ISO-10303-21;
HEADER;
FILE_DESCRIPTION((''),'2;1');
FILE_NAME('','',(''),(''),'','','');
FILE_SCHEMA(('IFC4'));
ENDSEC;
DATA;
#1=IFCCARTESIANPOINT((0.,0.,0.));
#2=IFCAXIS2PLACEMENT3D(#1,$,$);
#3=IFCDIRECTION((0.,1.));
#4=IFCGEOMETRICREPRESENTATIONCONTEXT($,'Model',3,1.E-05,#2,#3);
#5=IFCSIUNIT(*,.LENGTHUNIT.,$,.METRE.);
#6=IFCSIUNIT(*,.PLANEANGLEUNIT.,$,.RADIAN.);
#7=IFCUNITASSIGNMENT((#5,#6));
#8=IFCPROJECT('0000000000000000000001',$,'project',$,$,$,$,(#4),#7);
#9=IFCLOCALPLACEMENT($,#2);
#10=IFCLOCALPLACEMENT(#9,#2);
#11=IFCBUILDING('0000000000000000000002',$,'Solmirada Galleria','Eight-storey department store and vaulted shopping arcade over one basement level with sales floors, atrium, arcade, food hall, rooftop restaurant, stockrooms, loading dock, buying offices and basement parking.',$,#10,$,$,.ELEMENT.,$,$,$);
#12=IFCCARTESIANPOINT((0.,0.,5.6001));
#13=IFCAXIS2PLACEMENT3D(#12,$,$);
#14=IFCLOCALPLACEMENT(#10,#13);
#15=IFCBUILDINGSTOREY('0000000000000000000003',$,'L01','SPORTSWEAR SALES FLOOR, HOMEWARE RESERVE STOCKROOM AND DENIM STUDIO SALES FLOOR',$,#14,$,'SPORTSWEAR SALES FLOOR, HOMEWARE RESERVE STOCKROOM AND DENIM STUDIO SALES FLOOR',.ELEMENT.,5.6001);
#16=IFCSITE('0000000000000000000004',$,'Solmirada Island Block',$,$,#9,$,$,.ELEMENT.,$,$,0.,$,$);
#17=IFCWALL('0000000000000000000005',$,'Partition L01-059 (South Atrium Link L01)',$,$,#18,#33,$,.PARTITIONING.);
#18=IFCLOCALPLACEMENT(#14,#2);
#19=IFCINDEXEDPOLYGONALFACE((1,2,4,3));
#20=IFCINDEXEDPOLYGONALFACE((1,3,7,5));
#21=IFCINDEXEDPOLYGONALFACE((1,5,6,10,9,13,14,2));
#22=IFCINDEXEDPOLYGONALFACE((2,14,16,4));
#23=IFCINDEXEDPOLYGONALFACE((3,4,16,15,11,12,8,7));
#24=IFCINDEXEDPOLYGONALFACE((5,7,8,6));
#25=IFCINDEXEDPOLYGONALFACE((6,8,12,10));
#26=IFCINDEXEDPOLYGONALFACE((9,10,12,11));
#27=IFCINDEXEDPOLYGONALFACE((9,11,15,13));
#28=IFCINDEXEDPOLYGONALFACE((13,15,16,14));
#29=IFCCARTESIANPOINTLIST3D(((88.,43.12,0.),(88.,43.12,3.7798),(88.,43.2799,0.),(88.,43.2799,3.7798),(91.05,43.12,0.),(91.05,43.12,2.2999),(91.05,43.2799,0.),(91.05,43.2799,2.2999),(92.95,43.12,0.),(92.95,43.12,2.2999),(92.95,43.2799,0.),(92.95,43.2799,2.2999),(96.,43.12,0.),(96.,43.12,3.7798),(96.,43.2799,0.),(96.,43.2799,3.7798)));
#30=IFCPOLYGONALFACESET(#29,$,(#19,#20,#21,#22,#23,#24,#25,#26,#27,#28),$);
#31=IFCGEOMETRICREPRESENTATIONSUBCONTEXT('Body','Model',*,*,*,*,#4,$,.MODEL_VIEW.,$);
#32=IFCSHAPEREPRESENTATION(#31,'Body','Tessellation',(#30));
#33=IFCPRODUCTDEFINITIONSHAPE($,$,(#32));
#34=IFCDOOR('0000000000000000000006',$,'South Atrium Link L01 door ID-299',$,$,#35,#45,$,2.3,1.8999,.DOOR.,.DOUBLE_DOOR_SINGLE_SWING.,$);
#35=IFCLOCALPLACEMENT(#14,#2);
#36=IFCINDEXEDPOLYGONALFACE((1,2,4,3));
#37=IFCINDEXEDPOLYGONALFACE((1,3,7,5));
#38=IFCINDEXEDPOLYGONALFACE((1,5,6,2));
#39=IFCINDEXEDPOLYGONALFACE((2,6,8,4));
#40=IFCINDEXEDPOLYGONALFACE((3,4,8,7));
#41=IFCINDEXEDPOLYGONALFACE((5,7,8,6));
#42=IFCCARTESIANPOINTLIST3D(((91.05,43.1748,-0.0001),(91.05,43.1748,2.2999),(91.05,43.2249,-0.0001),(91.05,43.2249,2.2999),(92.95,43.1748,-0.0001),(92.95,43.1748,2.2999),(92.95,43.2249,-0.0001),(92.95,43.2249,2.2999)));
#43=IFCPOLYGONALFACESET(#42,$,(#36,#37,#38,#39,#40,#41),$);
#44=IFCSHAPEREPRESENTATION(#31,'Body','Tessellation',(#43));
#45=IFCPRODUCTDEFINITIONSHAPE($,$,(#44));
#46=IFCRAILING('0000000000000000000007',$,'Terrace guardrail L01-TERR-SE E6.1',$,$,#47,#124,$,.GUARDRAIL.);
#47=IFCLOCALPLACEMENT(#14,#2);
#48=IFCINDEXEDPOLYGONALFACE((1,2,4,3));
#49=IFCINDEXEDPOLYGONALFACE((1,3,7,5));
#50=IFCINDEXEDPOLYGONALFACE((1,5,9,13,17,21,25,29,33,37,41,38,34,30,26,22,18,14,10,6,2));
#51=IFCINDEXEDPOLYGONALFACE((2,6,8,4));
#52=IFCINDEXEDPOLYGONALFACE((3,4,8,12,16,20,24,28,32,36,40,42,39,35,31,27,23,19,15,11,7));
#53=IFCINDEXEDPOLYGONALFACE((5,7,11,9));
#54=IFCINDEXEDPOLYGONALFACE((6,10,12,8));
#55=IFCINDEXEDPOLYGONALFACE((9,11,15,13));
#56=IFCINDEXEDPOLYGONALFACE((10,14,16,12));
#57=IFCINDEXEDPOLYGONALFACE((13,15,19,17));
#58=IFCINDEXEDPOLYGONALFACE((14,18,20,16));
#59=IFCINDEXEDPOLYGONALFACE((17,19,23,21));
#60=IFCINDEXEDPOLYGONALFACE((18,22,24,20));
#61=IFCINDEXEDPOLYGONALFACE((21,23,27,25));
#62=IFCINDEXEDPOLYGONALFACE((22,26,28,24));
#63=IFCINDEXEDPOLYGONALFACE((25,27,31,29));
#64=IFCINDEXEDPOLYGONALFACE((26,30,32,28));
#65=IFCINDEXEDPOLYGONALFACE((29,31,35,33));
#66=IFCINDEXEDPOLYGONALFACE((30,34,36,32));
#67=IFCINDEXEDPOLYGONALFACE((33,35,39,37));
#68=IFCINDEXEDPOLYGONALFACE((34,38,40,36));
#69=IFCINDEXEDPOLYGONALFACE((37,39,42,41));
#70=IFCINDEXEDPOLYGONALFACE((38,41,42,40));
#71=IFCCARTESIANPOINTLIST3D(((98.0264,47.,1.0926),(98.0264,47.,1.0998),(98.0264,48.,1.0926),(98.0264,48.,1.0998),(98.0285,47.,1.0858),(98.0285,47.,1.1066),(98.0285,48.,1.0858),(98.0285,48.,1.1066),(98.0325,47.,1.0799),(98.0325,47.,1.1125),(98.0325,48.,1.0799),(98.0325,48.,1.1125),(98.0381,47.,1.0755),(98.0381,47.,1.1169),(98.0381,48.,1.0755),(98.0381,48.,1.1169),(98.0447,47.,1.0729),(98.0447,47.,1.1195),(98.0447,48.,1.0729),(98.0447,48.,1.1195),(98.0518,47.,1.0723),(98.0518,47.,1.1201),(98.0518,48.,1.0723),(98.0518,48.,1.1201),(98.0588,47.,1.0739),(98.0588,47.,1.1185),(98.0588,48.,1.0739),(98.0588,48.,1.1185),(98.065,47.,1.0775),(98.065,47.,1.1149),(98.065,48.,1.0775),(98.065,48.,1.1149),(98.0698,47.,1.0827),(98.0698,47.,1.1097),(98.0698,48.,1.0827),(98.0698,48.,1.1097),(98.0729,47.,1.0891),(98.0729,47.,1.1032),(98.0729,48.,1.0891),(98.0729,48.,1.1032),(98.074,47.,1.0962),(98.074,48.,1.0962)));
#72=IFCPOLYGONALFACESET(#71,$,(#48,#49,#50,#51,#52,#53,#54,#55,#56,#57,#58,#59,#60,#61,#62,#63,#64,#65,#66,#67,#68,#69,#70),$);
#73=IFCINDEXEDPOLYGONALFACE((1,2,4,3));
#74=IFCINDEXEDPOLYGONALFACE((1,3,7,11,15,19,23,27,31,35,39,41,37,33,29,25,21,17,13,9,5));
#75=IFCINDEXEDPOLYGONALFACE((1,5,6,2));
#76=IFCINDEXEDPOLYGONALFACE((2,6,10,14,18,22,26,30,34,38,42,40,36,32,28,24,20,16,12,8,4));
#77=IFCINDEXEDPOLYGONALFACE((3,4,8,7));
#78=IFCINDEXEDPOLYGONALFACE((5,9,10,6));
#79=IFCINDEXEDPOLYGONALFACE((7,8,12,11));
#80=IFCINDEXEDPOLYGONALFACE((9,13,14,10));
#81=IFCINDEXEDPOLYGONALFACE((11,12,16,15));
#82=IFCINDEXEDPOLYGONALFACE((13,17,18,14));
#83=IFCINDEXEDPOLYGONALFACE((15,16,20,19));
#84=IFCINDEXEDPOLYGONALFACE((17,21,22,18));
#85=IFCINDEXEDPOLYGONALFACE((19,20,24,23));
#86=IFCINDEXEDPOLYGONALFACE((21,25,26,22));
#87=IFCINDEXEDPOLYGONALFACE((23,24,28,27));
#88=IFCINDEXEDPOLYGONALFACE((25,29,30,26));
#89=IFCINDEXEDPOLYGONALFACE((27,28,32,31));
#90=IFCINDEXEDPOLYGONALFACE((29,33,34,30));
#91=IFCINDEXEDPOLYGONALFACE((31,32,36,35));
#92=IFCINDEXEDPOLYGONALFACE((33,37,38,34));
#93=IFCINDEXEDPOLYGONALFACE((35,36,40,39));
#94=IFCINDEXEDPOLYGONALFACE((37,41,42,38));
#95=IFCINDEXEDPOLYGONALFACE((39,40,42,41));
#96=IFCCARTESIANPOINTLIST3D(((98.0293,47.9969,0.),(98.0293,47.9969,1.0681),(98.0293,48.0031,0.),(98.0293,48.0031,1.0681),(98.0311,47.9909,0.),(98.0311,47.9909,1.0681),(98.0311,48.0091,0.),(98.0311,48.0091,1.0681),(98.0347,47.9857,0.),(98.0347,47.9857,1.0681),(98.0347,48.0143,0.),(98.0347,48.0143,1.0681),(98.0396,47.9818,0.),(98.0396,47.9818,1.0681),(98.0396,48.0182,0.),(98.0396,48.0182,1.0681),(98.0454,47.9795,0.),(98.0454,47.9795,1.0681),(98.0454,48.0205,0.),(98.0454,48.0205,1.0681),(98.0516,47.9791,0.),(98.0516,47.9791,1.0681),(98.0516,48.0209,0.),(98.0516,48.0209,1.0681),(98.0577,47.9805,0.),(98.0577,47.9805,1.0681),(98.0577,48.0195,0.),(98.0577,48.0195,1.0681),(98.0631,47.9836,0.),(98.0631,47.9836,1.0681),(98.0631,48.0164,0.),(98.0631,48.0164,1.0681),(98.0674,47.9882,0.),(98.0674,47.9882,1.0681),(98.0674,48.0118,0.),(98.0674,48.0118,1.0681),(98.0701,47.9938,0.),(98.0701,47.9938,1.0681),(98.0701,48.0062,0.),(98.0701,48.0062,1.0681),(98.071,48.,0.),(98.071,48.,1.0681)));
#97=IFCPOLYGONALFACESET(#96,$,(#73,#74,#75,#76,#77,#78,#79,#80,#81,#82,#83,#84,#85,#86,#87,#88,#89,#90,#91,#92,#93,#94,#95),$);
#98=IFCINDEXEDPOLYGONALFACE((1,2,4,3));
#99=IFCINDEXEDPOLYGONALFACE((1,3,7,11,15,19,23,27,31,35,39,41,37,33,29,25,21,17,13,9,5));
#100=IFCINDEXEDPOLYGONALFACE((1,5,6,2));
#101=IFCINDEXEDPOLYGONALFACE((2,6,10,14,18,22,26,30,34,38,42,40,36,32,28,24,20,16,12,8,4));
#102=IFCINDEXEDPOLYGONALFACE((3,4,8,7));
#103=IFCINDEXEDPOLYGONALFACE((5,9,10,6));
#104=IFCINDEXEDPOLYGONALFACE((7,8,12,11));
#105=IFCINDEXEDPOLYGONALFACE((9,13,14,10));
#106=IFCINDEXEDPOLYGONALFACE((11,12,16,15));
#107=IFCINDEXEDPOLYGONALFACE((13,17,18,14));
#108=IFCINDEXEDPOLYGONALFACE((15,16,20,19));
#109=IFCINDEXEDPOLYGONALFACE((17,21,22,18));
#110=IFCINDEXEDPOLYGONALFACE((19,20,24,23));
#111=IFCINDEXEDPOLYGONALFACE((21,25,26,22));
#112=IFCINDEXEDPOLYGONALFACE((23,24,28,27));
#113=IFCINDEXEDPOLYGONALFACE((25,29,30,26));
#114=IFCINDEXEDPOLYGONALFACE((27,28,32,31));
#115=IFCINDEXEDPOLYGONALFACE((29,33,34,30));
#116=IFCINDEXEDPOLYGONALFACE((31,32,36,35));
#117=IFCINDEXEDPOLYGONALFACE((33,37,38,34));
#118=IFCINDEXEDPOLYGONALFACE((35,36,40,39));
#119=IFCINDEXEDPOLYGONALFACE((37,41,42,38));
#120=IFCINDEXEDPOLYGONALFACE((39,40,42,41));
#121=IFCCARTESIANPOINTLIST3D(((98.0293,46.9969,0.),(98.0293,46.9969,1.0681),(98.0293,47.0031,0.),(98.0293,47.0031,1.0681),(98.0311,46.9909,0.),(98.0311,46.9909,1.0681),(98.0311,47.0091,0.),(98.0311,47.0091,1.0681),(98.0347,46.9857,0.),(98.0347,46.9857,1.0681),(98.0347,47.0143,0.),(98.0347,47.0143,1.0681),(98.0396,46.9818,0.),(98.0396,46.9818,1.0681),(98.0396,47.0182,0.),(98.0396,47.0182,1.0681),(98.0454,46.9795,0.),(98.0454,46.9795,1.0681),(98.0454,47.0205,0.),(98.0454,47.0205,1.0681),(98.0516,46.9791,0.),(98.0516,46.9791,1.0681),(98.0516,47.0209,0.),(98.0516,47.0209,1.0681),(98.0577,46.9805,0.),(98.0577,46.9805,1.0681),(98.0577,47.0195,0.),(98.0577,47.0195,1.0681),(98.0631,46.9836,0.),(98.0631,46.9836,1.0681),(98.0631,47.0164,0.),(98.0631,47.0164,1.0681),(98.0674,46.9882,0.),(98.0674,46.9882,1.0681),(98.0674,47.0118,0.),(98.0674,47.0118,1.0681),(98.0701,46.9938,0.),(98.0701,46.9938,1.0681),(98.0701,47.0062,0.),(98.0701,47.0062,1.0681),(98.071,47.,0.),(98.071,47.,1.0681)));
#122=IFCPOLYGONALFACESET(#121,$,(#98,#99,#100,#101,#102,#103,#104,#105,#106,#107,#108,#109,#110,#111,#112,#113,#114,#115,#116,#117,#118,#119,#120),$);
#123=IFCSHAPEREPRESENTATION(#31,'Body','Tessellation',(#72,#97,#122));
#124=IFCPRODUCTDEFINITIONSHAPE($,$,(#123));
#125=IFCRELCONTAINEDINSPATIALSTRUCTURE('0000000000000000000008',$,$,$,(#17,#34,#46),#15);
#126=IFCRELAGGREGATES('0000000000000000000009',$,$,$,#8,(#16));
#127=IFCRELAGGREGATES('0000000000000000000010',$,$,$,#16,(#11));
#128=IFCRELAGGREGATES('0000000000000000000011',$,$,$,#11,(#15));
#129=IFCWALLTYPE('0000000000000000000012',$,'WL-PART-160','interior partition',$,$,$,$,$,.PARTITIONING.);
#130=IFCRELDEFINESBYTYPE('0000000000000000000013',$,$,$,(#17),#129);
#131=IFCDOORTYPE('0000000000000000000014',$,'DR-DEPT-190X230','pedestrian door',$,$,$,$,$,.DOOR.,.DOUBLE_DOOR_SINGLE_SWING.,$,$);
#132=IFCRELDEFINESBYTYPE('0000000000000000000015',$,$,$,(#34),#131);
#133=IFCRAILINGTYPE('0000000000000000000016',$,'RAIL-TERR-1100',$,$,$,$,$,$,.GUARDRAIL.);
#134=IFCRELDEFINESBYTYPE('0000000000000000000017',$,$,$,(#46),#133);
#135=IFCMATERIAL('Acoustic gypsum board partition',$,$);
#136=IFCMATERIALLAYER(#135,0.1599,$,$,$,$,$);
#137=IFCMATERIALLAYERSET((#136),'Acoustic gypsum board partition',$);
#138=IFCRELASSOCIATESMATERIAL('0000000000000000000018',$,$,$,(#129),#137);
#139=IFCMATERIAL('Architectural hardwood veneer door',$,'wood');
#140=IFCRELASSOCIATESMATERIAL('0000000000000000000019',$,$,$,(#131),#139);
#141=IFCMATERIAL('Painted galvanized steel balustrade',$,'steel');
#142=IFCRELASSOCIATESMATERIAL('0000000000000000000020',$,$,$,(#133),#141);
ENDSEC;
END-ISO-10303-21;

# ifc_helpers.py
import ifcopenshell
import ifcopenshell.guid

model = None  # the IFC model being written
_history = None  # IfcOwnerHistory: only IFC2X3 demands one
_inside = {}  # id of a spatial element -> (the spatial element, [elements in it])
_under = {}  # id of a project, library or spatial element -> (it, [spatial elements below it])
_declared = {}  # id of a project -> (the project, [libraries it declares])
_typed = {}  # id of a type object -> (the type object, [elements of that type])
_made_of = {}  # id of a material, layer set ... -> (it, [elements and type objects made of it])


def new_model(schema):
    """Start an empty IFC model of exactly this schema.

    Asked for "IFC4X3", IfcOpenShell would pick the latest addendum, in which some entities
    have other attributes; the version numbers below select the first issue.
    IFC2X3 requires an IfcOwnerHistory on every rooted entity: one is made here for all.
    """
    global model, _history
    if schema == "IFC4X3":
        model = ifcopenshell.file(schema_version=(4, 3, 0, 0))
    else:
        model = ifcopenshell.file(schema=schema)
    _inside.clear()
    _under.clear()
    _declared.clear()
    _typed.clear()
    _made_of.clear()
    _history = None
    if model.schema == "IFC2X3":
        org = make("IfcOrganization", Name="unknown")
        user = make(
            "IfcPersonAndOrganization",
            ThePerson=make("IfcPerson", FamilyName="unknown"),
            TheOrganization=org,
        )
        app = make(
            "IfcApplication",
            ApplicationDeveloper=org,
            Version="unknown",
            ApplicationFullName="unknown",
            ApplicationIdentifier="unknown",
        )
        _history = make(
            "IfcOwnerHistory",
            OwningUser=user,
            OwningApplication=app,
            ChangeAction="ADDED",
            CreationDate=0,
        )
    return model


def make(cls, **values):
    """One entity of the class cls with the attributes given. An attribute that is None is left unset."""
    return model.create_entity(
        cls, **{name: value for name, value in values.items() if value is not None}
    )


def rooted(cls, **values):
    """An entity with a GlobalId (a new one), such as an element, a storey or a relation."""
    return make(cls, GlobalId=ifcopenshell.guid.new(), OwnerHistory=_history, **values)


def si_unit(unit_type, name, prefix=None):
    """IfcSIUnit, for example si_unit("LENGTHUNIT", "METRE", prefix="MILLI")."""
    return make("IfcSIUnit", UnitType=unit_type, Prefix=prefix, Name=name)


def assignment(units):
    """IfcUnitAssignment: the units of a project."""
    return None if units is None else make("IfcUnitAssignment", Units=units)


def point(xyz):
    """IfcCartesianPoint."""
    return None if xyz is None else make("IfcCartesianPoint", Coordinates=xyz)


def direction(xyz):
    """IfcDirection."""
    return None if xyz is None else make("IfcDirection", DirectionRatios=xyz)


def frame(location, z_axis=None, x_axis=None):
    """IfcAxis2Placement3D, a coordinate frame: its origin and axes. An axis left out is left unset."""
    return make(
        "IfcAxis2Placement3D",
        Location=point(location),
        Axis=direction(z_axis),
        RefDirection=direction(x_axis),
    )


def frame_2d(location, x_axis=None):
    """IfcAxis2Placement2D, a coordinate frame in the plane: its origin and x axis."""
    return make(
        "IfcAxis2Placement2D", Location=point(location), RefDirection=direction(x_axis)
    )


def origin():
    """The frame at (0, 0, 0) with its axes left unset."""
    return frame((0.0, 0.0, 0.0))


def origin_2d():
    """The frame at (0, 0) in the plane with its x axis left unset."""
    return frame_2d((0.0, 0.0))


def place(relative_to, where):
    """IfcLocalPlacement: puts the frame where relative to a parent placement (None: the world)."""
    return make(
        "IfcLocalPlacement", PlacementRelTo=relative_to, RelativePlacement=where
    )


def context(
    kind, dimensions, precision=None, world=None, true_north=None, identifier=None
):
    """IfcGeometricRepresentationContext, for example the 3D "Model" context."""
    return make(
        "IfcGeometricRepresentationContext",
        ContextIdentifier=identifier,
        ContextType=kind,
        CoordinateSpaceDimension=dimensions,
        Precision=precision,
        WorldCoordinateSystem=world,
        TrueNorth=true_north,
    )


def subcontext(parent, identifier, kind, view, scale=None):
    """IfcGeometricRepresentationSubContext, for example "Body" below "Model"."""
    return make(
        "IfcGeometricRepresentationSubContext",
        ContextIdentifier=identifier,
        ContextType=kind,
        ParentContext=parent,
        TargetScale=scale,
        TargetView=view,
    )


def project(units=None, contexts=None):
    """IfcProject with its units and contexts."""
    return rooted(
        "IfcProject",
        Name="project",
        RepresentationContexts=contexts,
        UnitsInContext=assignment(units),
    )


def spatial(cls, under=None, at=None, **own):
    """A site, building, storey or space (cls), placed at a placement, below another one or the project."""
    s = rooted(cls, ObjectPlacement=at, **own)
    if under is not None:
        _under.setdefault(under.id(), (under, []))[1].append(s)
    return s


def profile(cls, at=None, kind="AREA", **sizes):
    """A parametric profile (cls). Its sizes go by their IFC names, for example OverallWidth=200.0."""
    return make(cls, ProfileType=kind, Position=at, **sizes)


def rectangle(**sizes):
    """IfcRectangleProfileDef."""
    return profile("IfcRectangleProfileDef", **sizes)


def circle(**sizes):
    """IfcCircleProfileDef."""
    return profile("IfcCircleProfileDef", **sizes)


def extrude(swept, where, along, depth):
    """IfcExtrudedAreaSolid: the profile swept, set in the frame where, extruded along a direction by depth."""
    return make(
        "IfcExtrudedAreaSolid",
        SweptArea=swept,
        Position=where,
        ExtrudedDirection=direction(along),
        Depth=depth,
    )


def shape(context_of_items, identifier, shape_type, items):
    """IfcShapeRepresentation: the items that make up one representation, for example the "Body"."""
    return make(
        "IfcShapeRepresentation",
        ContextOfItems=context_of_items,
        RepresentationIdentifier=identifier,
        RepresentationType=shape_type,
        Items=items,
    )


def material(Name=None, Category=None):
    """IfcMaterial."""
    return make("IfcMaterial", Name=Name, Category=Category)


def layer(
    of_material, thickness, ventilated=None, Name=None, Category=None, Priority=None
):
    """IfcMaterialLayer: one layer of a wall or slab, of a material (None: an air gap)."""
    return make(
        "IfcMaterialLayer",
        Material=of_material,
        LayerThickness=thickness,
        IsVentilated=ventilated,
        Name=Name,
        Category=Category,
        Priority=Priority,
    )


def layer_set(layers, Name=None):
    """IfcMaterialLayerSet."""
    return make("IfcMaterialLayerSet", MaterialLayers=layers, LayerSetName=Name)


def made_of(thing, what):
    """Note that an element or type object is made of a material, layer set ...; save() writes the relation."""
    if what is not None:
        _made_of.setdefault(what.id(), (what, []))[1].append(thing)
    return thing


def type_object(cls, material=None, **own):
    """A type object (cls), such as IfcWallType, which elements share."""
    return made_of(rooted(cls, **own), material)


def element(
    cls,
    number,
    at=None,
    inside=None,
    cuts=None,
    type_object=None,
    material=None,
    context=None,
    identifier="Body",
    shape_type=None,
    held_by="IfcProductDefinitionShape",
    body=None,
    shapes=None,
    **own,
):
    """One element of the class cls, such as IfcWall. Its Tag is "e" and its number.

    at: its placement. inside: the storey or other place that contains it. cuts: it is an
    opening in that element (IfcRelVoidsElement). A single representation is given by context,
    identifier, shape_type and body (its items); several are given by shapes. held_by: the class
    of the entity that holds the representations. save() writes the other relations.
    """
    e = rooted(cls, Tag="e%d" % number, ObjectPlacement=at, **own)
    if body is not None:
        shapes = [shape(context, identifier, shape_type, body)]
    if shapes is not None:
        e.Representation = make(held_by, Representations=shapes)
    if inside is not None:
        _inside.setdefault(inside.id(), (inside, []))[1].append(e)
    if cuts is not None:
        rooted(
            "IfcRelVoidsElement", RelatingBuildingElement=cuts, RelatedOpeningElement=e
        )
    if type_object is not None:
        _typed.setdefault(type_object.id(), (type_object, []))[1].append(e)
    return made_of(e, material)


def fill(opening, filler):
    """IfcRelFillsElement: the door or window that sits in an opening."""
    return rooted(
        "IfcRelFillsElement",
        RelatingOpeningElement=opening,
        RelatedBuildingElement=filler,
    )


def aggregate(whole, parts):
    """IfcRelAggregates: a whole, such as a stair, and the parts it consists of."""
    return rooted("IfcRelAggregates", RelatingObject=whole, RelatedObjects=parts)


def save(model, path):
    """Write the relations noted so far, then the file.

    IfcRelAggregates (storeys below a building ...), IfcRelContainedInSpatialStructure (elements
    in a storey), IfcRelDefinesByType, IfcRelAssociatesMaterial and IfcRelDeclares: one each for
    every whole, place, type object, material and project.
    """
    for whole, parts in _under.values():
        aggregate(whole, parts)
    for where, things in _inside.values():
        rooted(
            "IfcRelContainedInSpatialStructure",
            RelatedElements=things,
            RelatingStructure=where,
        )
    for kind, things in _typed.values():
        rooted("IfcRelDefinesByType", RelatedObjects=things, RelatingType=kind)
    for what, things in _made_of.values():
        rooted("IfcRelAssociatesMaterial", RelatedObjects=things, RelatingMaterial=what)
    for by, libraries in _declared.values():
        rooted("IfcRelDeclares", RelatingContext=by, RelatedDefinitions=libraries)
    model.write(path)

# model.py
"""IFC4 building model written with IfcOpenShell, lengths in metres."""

from ifc_helpers import new_model, si_unit, direction, frame, frame_2d, origin, origin_2d, place, context, subcontext, project, spatial, rectangle, circle, extrude, material, layer, layer_set, type_object, element, fill, save


model = new_model("IFC4")

# Units and contexts
model_context = context("Model", 3, precision=1e-05, world=origin(), true_north=direction((0.0, 1.0)))
body_context = subcontext(model_context, "Body", "Model", "MODEL_VIEW")
ifc_project = project(units=[si_unit("LENGTHUNIT", "METRE"), si_unit("PLANEANGLEUNIT", "RADIAN")], contexts=[model_context])

# Site, building, storey
site_placement = place(None, origin())
site = spatial("IfcSite", under=ifc_project, at=site_placement, Name="Solmirada Island Block", CompositionType="ELEMENT", RefElevation=0.0)
building_placement = place(site_placement, origin())
building = spatial("IfcBuilding", under=site, at=building_placement, Name="Solmirada Galleria", Description="Eight-storey department store and vaulted shopping arcade over one basement level with sales floors, atrium, arcade, food hall, rooftop restaurant, stockrooms, loading dock, buying offices and basement parking.", CompositionType="ELEMENT")
storey_placement = place(building_placement, frame((0.0, 0.0, 5.6001)))
storey = spatial("IfcBuildingStorey", under=building, at=storey_placement, Name="L01", Description="SPORTSWEAR SALES FLOOR, HOMEWARE RESERVE STOCKROOM AND DENIM STUDIO SALES FLOOR", LongName="SPORTSWEAR SALES FLOOR, HOMEWARE RESERVE STOCKROOM AND DENIM STUDIO SALES FLOOR", CompositionType="ELEMENT", Elevation=5.6001)

# Wall, opening, door
ifc_material_1 = material(Name="Acoustic gypsum board partition")
ifc_layer_1 = layer(ifc_material_1, 0.1599)
ifc_layer_set_1 = layer_set([ifc_layer_1], Name="Acoustic gypsum board partition")
wall_type_1 = type_object("IfcWallType", Name="WL-PART-160", Description="interior partition", PredefinedType="PARTITIONING", material=ifc_layer_set_1)
wall_placement = place(storey_placement, frame((88.0, 43.2, 0.0), z_axis=(0.0, 0.0, 1.0), x_axis=(1.0, 0.0, 0.0)))
wall = element("IfcWall", 1, at=wall_placement, inside=storey, type_object=wall_type_1, Name="Partition L01-059 (South Atrium Link L01)", PredefinedType="PARTITIONING", context=body_context, shape_type="SweptSolid", body=[
    extrude(rectangle(XDim=8.0, YDim=0.1599, at=frame_2d((4.0, 0.0))), origin(), (0.0, 0.0, 1.0), 3.7798),
])
opening_placement = place(wall_placement, frame((3.05, 0.0, 0.0)))
opening = element("IfcOpeningElement", 2, at=opening_placement, cuts=wall, PredefinedType="OPENING", context=body_context, shape_type="SweptSolid", body=[
    extrude(rectangle(XDim=1.8999, YDim=2.3, at=frame_2d((0.95, 1.1499))), frame((0.0, 0.0898, 0.0), z_axis=(0.0, -1.0, 0.0), x_axis=(1.0, 0.0, 0.0)), (0.0, 0.0, 1.0), 0.1799),
])
ifc_material_2 = material(Name="Architectural hardwood veneer door", Category="wood")
door_type = type_object("IfcDoorType", Name="DR-DEPT-190X230", Description="pedestrian door", OperationType="DOUBLE_DOOR_SINGLE_SWING", PredefinedType="DOOR", material=ifc_material_2)
door_placement = place(opening_placement, origin())
door = element("IfcDoor", 3, at=door_placement, inside=storey, type_object=door_type, Name="South Atrium Link L01 door ID-299", OperationType="DOUBLE_DOOR_SINGLE_SWING", OverallHeight=2.3, OverallWidth=1.8999, PredefinedType="DOOR", context=body_context, shape_type="SweptSolid", body=[
    extrude(rectangle(XDim=1.8999, YDim=2.3, at=frame_2d((0.95, 1.1499))), frame((0.0, 0.0249, 0.0), z_axis=(0.0, -1.0, 0.0), x_axis=(1.0, 0.0, 0.0)), (0.0, 0.0, 1.0), 0.05),
])
fill(opening, door)

# Railing
ifc_material_3 = material(Name="Painted galvanized steel balustrade", Category="steel")
railing_type_1 = type_object("IfcRailingType", Name="RAIL-TERR-1100", PredefinedType="GUARDRAIL", material=ifc_material_3)
railing_1_placement = place(storey_placement, frame((98.05, 48.0, 0.0)))
element("IfcRailing", 4, at=railing_1_placement, inside=storey, type_object=railing_type_1, Name="Terrace guardrail L01-TERR-SE E6.1", PredefinedType="GUARDRAIL", context=body_context, shape_type="SweptSolid", body=[
    extrude(circle(Radius=0.0239, at=origin_2d()), frame((0.0, 0.0, 1.0962), z_axis=(0.0, -1.0, 0.0), x_axis=(1.0, 0.0, 0.0)), (0.0, 0.0, 1.0), 1.0),
    extrude(circle(Radius=0.021, at=origin_2d()), origin(), (0.0, 0.0, 1.0), 1.0681),
    extrude(circle(Radius=0.021, at=origin_2d()), frame((0.0, -1.0, 0.0)), (0.0, 0.0, 1.0), 1.0681),
])

save(model, "model.ifc")
